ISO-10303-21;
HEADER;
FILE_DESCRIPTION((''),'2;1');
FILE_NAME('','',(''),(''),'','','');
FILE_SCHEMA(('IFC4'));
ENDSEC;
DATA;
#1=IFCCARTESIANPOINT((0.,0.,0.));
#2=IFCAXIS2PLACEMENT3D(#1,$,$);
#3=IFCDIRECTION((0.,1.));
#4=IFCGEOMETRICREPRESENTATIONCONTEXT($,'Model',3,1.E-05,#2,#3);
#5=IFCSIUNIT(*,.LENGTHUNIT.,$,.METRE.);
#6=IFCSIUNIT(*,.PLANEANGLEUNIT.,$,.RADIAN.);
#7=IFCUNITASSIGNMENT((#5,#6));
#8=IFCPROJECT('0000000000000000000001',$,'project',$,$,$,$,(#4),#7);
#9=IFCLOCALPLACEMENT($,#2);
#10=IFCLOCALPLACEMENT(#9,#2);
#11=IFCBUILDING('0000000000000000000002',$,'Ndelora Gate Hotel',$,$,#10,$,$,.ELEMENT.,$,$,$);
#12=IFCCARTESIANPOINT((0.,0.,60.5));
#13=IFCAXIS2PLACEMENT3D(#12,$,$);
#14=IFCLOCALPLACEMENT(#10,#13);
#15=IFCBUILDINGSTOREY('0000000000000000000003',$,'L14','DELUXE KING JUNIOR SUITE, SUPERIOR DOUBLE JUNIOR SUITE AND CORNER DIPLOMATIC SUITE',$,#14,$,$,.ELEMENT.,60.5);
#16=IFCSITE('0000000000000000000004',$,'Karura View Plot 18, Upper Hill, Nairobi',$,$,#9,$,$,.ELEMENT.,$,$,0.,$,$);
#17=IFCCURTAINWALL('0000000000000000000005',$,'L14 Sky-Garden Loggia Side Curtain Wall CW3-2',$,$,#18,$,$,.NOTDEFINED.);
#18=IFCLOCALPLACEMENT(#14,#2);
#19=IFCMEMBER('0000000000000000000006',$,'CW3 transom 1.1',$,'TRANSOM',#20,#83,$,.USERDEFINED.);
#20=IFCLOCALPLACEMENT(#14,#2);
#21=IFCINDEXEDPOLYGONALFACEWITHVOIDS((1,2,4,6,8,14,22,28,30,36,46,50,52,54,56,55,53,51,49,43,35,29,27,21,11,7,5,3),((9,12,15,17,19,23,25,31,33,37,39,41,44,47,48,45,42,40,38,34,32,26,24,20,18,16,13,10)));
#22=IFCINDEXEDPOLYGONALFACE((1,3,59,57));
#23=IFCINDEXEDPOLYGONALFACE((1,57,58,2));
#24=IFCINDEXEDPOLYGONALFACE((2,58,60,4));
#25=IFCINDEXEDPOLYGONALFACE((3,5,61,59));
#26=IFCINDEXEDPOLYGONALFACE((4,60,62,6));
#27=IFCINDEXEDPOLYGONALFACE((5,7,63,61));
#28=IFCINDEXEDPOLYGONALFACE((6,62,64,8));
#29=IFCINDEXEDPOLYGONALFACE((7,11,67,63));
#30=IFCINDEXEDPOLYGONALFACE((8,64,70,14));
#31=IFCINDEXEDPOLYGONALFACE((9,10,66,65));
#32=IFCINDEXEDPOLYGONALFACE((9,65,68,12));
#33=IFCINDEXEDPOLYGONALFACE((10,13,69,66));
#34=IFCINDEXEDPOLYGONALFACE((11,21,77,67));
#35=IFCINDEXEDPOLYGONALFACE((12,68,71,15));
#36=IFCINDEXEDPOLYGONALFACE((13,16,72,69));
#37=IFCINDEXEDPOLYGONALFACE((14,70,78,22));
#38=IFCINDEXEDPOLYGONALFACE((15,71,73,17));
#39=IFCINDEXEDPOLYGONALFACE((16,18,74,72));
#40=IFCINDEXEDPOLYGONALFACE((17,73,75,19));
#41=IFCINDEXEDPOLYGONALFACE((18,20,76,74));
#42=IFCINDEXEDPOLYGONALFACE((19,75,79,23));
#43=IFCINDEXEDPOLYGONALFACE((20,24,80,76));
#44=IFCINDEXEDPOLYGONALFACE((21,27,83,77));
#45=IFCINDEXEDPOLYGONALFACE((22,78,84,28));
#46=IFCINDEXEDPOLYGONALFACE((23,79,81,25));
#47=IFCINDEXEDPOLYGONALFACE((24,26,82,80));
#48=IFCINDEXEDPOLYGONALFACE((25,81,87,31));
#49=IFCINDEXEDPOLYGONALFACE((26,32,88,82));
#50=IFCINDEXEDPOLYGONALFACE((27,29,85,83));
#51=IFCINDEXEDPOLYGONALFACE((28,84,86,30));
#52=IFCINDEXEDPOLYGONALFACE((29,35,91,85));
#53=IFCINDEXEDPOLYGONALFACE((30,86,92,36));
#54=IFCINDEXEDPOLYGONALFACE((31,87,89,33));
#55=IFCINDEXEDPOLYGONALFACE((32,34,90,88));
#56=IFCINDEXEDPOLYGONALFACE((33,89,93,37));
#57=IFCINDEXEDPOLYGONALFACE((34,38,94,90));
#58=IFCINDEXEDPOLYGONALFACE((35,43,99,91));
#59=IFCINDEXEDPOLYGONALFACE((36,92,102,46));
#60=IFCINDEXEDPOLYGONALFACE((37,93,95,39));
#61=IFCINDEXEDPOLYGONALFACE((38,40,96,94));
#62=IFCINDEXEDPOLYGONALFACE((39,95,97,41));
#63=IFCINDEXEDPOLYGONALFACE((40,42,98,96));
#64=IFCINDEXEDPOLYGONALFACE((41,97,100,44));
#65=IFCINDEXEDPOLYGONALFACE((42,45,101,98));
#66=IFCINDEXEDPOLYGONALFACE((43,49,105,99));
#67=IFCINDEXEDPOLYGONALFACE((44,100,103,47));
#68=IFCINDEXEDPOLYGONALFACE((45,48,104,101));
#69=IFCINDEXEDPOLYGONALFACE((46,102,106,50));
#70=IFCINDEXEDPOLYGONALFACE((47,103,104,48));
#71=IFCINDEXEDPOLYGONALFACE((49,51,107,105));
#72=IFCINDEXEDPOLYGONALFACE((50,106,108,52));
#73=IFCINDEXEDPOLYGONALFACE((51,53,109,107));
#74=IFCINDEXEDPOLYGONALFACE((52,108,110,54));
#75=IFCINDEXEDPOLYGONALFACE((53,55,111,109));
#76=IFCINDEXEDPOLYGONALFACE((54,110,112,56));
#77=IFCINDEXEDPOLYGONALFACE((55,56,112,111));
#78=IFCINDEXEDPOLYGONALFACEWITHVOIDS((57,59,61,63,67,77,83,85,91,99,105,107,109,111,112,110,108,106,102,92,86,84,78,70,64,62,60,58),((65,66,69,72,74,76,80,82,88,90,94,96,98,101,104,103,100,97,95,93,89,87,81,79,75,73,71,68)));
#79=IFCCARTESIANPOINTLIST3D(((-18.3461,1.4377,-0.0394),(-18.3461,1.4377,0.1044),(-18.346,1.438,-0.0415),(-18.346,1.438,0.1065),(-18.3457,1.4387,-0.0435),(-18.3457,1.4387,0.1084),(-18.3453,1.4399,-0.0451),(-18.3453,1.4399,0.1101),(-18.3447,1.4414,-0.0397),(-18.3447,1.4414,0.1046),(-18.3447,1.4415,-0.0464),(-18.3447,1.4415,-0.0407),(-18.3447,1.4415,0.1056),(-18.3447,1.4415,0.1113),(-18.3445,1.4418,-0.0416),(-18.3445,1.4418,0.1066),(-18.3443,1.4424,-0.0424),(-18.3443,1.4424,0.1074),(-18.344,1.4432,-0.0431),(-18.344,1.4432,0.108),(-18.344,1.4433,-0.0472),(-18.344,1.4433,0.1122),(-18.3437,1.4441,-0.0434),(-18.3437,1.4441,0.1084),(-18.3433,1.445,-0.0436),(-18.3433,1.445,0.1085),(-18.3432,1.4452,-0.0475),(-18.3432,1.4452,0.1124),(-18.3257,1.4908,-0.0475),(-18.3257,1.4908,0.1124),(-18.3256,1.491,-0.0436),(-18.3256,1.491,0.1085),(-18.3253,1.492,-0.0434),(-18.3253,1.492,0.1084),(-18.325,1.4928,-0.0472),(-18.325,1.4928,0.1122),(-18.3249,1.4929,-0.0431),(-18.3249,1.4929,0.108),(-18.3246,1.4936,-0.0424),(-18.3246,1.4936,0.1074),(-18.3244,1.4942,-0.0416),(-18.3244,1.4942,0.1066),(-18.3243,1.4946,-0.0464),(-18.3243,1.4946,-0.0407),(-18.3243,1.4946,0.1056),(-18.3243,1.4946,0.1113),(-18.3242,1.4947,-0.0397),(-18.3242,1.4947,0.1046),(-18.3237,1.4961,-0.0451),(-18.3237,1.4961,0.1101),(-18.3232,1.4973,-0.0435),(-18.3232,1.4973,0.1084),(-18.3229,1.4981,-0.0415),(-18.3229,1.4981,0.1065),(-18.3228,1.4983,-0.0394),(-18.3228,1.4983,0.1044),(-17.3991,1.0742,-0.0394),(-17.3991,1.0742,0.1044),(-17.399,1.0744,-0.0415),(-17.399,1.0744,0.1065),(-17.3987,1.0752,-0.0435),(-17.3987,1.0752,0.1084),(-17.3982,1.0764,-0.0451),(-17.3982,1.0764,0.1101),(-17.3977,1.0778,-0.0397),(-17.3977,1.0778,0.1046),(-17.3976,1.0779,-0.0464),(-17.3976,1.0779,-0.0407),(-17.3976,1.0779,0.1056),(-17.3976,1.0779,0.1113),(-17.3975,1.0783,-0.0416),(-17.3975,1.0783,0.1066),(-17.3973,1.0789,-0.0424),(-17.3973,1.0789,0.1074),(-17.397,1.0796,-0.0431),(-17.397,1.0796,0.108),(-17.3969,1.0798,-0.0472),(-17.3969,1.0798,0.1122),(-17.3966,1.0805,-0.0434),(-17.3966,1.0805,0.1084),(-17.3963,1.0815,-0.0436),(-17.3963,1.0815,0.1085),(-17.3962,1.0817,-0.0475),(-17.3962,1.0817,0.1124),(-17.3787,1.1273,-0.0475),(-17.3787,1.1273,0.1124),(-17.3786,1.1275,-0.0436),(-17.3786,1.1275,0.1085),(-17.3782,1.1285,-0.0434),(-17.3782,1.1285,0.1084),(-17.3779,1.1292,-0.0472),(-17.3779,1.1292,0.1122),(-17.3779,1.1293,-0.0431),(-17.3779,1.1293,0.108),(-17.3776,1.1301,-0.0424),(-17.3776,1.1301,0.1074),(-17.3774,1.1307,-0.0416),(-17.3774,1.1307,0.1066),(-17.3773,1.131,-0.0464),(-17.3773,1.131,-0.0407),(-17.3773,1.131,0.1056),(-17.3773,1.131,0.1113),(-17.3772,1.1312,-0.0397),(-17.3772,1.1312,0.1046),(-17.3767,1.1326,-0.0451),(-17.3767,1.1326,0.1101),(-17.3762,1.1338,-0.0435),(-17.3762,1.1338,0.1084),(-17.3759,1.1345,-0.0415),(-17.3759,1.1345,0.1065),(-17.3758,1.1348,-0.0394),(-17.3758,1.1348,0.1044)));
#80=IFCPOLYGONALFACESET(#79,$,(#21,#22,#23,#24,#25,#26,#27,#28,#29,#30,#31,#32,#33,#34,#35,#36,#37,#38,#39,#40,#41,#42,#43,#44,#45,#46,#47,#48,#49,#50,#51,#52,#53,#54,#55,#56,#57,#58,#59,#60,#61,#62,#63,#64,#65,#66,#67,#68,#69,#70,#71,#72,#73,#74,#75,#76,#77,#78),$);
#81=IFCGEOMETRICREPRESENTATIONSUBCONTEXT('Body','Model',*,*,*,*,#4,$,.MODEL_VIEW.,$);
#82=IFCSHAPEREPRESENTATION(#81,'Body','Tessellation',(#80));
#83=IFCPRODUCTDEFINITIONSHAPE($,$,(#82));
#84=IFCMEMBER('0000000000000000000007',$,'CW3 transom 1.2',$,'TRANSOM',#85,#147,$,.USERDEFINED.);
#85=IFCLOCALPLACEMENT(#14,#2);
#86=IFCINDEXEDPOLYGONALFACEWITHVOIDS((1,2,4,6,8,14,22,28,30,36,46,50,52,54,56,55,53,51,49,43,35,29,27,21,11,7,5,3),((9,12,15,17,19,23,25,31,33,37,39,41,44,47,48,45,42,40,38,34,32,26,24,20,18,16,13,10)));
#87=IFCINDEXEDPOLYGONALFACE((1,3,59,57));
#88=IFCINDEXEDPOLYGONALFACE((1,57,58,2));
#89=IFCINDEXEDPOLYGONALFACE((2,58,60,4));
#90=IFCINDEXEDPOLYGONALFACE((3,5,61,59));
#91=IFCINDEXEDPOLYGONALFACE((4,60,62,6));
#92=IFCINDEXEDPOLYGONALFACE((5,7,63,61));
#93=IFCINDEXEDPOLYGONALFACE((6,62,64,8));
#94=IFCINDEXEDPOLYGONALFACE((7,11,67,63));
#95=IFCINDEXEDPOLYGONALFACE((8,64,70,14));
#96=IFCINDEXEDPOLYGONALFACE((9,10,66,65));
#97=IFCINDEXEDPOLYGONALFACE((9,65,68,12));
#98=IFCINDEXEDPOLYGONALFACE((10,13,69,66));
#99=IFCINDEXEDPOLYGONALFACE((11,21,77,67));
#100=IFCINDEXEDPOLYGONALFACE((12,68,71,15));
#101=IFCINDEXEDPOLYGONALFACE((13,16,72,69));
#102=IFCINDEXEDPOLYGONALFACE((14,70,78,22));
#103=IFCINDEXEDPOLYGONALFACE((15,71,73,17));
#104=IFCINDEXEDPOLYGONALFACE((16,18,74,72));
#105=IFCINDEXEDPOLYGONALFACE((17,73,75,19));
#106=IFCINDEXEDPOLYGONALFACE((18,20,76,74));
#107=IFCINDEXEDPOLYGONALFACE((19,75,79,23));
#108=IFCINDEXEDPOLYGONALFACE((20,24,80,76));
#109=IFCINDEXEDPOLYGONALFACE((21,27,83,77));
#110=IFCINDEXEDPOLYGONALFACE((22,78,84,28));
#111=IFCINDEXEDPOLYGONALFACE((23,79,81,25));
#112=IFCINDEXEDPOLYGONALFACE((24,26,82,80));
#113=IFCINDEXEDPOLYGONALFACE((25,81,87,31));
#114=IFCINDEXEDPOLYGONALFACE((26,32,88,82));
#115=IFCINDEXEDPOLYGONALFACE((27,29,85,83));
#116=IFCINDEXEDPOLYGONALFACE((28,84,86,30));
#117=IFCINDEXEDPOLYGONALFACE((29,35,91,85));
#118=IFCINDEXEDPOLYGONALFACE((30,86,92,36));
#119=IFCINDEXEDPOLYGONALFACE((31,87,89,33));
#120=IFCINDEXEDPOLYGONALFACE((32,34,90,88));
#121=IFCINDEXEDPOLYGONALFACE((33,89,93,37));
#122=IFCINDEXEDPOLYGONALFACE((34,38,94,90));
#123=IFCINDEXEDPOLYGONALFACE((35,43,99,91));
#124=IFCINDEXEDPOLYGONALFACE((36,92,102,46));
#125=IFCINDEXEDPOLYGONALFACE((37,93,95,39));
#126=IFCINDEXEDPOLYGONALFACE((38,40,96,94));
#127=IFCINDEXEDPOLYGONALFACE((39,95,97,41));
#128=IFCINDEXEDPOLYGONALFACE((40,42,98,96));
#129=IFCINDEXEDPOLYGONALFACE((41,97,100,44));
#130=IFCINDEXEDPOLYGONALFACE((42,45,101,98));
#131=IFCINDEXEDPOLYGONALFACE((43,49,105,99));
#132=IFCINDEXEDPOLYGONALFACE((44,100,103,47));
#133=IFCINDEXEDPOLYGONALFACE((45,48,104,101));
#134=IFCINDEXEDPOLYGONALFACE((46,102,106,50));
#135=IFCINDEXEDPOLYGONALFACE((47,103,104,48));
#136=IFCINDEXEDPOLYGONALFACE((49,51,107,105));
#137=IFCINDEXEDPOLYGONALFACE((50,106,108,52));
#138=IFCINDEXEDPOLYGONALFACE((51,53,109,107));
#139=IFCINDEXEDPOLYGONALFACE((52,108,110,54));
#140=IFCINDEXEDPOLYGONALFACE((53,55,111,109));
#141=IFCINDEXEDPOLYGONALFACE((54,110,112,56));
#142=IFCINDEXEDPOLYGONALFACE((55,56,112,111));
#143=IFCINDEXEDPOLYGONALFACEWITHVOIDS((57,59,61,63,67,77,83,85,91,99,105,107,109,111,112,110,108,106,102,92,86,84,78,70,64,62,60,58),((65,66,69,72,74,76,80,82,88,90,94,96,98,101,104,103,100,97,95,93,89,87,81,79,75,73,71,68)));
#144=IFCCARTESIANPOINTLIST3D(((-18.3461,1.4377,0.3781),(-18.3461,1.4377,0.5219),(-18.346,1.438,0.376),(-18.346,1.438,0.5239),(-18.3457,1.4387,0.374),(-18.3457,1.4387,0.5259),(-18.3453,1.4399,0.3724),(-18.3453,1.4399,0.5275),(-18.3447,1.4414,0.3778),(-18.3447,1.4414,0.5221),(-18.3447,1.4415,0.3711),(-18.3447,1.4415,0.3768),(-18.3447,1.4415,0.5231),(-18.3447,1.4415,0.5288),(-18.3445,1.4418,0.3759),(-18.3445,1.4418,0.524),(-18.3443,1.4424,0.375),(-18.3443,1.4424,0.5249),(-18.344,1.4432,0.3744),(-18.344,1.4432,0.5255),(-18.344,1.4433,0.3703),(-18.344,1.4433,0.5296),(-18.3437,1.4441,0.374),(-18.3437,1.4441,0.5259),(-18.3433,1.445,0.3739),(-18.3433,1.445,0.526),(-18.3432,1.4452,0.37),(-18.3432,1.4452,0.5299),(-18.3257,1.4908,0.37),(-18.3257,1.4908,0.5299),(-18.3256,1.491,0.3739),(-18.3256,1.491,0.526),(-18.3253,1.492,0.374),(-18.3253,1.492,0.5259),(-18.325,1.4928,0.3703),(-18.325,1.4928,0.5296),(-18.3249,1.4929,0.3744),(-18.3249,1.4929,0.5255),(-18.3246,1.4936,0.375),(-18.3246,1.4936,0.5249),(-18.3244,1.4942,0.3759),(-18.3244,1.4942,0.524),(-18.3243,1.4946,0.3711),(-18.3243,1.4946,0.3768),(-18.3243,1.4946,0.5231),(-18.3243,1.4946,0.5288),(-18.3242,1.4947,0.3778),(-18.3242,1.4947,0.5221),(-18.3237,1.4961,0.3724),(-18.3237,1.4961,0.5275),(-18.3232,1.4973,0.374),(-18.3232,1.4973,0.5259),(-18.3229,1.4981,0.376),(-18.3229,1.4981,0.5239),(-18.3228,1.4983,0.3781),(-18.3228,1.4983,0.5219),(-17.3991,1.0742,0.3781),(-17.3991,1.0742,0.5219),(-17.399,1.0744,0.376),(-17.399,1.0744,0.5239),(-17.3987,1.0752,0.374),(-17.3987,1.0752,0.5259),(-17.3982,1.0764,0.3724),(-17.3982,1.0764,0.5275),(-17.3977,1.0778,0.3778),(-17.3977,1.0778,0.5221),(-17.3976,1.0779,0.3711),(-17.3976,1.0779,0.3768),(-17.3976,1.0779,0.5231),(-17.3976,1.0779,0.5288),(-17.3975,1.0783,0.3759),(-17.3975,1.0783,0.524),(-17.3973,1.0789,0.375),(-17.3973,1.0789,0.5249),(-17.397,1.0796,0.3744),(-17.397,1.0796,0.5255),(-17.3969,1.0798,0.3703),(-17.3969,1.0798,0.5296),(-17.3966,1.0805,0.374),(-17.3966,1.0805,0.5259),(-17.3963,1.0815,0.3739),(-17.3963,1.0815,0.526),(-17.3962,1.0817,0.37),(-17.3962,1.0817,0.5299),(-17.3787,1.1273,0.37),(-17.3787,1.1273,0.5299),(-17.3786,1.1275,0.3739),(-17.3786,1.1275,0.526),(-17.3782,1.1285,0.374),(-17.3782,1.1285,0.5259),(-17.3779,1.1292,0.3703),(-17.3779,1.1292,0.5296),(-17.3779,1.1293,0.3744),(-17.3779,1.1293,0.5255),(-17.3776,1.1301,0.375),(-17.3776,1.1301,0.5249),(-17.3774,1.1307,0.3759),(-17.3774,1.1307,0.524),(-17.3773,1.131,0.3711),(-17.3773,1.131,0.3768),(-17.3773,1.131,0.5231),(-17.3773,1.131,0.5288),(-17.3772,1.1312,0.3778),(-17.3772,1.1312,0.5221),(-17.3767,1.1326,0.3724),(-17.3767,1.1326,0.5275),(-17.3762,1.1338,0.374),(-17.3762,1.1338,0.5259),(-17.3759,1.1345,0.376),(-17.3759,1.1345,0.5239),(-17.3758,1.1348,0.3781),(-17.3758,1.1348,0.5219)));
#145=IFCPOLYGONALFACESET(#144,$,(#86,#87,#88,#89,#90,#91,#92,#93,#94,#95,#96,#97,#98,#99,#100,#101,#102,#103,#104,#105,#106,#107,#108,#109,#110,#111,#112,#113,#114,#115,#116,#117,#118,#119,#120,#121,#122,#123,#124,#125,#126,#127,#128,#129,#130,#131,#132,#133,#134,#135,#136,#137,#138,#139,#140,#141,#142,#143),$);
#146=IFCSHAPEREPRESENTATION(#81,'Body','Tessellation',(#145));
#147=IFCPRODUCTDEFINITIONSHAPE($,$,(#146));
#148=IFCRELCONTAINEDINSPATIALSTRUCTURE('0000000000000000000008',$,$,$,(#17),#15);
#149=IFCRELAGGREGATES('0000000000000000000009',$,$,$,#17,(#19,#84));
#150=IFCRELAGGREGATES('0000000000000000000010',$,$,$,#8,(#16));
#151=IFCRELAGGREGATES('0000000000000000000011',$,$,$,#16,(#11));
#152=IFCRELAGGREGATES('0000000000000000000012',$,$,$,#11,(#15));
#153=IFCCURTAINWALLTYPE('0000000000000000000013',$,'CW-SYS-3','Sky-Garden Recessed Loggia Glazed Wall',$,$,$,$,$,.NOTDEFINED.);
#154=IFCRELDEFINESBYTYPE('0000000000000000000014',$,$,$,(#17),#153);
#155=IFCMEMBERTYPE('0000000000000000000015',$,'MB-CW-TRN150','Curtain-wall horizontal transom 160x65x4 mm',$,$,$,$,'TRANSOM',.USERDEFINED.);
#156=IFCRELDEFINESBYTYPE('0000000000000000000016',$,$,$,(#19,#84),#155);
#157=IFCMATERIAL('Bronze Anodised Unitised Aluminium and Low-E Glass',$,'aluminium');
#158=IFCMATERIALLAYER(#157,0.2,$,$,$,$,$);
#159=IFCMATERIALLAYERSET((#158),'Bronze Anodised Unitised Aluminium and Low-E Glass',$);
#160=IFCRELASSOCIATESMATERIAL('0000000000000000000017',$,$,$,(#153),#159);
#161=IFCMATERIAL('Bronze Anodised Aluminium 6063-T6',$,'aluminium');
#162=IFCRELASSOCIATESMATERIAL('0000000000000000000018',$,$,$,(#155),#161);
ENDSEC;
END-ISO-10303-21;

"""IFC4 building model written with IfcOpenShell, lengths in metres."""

from ifc_helpers import new_model, si_unit, direction, frame, origin, origin_2d, place, context, subcontext, project, spatial, hollow_rectangle, extrude, material, layer, layer_set, material_profile, profile_set, type_object, element, aggregate, save


model = new_model("IFC4")

# Units and contexts
model_context = context("Model", 3, precision=1e-05, world=origin(), true_north=direction((0.0, 1.0)))
body_context = subcontext(model_context, "Body", "Model", "MODEL_VIEW")
ifc_project = project(units=[si_unit("LENGTHUNIT", "METRE"), si_unit("PLANEANGLEUNIT", "RADIAN")], contexts=[model_context])

# Site, building, storey
site_placement = place(None, origin())
site = spatial("IfcSite", under=ifc_project, at=site_placement, Name="Karura View Plot 18, Upper Hill, Nairobi", CompositionType="ELEMENT", RefElevation=0.0)
building_placement = place(site_placement, origin())
building = spatial("IfcBuilding", under=site, at=building_placement, Name="Ndelora Gate Hotel", CompositionType="ELEMENT")
storey_placement = place(building_placement, frame((0.0, 0.0, 60.5)))
storey = spatial("IfcBuildingStorey", under=building, at=storey_placement, Name="L14", Description="DELUXE KING JUNIOR SUITE, SUPERIOR DOUBLE JUNIOR SUITE AND CORNER DIPLOMATIC SUITE", CompositionType="ELEMENT", Elevation=60.5)

# Curtain wall, members
ifc_material_1 = material(Name="Bronze Anodised Unitised Aluminium and Low-E Glass", Category="aluminium")
ifc_layer_1 = layer(ifc_material_1, 0.2)
ifc_layer_set_1 = layer_set([ifc_layer_1], Name="Bronze Anodised Unitised Aluminium and Low-E Glass")
curtain_wall_type = type_object("IfcCurtainWallType", Name="CW-SYS-3", Description="Sky-Garden Recessed Loggia Glazed Wall", PredefinedType="NOTDEFINED", material=ifc_layer_set_1)
curtain_wall_placement = place(storey_placement, origin())
curtain_wall = element("IfcCurtainWall", 1, at=curtain_wall_placement, inside=storey, type_object=curtain_wall_type, Name="L14 Sky-Garden Loggia Side Curtain Wall CW3-2", PredefinedType="NOTDEFINED")
ifc_material_2 = material(Name="Bronze Anodised Aluminium 6063-T6", Category="aluminium")
ifc_material_profile_1 = material_profile(ifc_material_2, hollow_rectangle(XDim=0.0649, YDim=0.1599, WallThickness=0.0039, InnerFilletRadius=0.0039, OuterFilletRadius=0.0081, at=origin_2d()), Name="ALU 160x65x4")
ifc_profile_set_1 = profile_set([ifc_material_profile_1], Name="Bronze Anodised Aluminium 6063-T6")
member_type_1 = type_object("IfcMemberType", Name="MB-CW-TRN150", Description="Curtain-wall horizontal transom 160x65x4 mm", ElementType="TRANSOM", PredefinedType="USERDEFINED", material=ifc_profile_set_1)
member_1_placement = place(storey_placement, frame((-18.3345, 1.468, 0.0325), z_axis=(0.933581, -0.358366, 0.0), x_axis=(0.358366, 0.933581, 0.0)))
member_1 = element("IfcMember", 2, at=member_1_placement, type_object=member_type_1, Name="CW3 transom 1.1", ObjectType="TRANSOM", PredefinedType="USERDEFINED", context=body_context, shape_type="SweptSolid", body=[
    extrude(hollow_rectangle(XDim=0.0649, YDim=0.1599, WallThickness=0.0039, InnerFilletRadius=0.0039, OuterFilletRadius=0.0081, at=origin_2d()), origin(), (0.0, 0.0, 1.0), 1.0144),
])
member_2_placement = place(storey_placement, frame((-18.3345, 1.468, 0.45), z_axis=(0.933581, -0.358366, 0.0), x_axis=(0.358366, 0.933581, 0.0)))
member_2 = element("IfcMember", 3, at=member_2_placement, type_object=member_type_1, Name="CW3 transom 1.2", ObjectType="TRANSOM", PredefinedType="USERDEFINED", context=body_context, shape_type="SweptSolid", body=[
    extrude(hollow_rectangle(XDim=0.0649, YDim=0.1599, WallThickness=0.0039, InnerFilletRadius=0.0039, OuterFilletRadius=0.0081, at=origin_2d()), origin(), (0.0, 0.0, 1.0), 1.0144),
])
aggregate(curtain_wall, [member_1, member_2])

save(model, "model.ifc")
